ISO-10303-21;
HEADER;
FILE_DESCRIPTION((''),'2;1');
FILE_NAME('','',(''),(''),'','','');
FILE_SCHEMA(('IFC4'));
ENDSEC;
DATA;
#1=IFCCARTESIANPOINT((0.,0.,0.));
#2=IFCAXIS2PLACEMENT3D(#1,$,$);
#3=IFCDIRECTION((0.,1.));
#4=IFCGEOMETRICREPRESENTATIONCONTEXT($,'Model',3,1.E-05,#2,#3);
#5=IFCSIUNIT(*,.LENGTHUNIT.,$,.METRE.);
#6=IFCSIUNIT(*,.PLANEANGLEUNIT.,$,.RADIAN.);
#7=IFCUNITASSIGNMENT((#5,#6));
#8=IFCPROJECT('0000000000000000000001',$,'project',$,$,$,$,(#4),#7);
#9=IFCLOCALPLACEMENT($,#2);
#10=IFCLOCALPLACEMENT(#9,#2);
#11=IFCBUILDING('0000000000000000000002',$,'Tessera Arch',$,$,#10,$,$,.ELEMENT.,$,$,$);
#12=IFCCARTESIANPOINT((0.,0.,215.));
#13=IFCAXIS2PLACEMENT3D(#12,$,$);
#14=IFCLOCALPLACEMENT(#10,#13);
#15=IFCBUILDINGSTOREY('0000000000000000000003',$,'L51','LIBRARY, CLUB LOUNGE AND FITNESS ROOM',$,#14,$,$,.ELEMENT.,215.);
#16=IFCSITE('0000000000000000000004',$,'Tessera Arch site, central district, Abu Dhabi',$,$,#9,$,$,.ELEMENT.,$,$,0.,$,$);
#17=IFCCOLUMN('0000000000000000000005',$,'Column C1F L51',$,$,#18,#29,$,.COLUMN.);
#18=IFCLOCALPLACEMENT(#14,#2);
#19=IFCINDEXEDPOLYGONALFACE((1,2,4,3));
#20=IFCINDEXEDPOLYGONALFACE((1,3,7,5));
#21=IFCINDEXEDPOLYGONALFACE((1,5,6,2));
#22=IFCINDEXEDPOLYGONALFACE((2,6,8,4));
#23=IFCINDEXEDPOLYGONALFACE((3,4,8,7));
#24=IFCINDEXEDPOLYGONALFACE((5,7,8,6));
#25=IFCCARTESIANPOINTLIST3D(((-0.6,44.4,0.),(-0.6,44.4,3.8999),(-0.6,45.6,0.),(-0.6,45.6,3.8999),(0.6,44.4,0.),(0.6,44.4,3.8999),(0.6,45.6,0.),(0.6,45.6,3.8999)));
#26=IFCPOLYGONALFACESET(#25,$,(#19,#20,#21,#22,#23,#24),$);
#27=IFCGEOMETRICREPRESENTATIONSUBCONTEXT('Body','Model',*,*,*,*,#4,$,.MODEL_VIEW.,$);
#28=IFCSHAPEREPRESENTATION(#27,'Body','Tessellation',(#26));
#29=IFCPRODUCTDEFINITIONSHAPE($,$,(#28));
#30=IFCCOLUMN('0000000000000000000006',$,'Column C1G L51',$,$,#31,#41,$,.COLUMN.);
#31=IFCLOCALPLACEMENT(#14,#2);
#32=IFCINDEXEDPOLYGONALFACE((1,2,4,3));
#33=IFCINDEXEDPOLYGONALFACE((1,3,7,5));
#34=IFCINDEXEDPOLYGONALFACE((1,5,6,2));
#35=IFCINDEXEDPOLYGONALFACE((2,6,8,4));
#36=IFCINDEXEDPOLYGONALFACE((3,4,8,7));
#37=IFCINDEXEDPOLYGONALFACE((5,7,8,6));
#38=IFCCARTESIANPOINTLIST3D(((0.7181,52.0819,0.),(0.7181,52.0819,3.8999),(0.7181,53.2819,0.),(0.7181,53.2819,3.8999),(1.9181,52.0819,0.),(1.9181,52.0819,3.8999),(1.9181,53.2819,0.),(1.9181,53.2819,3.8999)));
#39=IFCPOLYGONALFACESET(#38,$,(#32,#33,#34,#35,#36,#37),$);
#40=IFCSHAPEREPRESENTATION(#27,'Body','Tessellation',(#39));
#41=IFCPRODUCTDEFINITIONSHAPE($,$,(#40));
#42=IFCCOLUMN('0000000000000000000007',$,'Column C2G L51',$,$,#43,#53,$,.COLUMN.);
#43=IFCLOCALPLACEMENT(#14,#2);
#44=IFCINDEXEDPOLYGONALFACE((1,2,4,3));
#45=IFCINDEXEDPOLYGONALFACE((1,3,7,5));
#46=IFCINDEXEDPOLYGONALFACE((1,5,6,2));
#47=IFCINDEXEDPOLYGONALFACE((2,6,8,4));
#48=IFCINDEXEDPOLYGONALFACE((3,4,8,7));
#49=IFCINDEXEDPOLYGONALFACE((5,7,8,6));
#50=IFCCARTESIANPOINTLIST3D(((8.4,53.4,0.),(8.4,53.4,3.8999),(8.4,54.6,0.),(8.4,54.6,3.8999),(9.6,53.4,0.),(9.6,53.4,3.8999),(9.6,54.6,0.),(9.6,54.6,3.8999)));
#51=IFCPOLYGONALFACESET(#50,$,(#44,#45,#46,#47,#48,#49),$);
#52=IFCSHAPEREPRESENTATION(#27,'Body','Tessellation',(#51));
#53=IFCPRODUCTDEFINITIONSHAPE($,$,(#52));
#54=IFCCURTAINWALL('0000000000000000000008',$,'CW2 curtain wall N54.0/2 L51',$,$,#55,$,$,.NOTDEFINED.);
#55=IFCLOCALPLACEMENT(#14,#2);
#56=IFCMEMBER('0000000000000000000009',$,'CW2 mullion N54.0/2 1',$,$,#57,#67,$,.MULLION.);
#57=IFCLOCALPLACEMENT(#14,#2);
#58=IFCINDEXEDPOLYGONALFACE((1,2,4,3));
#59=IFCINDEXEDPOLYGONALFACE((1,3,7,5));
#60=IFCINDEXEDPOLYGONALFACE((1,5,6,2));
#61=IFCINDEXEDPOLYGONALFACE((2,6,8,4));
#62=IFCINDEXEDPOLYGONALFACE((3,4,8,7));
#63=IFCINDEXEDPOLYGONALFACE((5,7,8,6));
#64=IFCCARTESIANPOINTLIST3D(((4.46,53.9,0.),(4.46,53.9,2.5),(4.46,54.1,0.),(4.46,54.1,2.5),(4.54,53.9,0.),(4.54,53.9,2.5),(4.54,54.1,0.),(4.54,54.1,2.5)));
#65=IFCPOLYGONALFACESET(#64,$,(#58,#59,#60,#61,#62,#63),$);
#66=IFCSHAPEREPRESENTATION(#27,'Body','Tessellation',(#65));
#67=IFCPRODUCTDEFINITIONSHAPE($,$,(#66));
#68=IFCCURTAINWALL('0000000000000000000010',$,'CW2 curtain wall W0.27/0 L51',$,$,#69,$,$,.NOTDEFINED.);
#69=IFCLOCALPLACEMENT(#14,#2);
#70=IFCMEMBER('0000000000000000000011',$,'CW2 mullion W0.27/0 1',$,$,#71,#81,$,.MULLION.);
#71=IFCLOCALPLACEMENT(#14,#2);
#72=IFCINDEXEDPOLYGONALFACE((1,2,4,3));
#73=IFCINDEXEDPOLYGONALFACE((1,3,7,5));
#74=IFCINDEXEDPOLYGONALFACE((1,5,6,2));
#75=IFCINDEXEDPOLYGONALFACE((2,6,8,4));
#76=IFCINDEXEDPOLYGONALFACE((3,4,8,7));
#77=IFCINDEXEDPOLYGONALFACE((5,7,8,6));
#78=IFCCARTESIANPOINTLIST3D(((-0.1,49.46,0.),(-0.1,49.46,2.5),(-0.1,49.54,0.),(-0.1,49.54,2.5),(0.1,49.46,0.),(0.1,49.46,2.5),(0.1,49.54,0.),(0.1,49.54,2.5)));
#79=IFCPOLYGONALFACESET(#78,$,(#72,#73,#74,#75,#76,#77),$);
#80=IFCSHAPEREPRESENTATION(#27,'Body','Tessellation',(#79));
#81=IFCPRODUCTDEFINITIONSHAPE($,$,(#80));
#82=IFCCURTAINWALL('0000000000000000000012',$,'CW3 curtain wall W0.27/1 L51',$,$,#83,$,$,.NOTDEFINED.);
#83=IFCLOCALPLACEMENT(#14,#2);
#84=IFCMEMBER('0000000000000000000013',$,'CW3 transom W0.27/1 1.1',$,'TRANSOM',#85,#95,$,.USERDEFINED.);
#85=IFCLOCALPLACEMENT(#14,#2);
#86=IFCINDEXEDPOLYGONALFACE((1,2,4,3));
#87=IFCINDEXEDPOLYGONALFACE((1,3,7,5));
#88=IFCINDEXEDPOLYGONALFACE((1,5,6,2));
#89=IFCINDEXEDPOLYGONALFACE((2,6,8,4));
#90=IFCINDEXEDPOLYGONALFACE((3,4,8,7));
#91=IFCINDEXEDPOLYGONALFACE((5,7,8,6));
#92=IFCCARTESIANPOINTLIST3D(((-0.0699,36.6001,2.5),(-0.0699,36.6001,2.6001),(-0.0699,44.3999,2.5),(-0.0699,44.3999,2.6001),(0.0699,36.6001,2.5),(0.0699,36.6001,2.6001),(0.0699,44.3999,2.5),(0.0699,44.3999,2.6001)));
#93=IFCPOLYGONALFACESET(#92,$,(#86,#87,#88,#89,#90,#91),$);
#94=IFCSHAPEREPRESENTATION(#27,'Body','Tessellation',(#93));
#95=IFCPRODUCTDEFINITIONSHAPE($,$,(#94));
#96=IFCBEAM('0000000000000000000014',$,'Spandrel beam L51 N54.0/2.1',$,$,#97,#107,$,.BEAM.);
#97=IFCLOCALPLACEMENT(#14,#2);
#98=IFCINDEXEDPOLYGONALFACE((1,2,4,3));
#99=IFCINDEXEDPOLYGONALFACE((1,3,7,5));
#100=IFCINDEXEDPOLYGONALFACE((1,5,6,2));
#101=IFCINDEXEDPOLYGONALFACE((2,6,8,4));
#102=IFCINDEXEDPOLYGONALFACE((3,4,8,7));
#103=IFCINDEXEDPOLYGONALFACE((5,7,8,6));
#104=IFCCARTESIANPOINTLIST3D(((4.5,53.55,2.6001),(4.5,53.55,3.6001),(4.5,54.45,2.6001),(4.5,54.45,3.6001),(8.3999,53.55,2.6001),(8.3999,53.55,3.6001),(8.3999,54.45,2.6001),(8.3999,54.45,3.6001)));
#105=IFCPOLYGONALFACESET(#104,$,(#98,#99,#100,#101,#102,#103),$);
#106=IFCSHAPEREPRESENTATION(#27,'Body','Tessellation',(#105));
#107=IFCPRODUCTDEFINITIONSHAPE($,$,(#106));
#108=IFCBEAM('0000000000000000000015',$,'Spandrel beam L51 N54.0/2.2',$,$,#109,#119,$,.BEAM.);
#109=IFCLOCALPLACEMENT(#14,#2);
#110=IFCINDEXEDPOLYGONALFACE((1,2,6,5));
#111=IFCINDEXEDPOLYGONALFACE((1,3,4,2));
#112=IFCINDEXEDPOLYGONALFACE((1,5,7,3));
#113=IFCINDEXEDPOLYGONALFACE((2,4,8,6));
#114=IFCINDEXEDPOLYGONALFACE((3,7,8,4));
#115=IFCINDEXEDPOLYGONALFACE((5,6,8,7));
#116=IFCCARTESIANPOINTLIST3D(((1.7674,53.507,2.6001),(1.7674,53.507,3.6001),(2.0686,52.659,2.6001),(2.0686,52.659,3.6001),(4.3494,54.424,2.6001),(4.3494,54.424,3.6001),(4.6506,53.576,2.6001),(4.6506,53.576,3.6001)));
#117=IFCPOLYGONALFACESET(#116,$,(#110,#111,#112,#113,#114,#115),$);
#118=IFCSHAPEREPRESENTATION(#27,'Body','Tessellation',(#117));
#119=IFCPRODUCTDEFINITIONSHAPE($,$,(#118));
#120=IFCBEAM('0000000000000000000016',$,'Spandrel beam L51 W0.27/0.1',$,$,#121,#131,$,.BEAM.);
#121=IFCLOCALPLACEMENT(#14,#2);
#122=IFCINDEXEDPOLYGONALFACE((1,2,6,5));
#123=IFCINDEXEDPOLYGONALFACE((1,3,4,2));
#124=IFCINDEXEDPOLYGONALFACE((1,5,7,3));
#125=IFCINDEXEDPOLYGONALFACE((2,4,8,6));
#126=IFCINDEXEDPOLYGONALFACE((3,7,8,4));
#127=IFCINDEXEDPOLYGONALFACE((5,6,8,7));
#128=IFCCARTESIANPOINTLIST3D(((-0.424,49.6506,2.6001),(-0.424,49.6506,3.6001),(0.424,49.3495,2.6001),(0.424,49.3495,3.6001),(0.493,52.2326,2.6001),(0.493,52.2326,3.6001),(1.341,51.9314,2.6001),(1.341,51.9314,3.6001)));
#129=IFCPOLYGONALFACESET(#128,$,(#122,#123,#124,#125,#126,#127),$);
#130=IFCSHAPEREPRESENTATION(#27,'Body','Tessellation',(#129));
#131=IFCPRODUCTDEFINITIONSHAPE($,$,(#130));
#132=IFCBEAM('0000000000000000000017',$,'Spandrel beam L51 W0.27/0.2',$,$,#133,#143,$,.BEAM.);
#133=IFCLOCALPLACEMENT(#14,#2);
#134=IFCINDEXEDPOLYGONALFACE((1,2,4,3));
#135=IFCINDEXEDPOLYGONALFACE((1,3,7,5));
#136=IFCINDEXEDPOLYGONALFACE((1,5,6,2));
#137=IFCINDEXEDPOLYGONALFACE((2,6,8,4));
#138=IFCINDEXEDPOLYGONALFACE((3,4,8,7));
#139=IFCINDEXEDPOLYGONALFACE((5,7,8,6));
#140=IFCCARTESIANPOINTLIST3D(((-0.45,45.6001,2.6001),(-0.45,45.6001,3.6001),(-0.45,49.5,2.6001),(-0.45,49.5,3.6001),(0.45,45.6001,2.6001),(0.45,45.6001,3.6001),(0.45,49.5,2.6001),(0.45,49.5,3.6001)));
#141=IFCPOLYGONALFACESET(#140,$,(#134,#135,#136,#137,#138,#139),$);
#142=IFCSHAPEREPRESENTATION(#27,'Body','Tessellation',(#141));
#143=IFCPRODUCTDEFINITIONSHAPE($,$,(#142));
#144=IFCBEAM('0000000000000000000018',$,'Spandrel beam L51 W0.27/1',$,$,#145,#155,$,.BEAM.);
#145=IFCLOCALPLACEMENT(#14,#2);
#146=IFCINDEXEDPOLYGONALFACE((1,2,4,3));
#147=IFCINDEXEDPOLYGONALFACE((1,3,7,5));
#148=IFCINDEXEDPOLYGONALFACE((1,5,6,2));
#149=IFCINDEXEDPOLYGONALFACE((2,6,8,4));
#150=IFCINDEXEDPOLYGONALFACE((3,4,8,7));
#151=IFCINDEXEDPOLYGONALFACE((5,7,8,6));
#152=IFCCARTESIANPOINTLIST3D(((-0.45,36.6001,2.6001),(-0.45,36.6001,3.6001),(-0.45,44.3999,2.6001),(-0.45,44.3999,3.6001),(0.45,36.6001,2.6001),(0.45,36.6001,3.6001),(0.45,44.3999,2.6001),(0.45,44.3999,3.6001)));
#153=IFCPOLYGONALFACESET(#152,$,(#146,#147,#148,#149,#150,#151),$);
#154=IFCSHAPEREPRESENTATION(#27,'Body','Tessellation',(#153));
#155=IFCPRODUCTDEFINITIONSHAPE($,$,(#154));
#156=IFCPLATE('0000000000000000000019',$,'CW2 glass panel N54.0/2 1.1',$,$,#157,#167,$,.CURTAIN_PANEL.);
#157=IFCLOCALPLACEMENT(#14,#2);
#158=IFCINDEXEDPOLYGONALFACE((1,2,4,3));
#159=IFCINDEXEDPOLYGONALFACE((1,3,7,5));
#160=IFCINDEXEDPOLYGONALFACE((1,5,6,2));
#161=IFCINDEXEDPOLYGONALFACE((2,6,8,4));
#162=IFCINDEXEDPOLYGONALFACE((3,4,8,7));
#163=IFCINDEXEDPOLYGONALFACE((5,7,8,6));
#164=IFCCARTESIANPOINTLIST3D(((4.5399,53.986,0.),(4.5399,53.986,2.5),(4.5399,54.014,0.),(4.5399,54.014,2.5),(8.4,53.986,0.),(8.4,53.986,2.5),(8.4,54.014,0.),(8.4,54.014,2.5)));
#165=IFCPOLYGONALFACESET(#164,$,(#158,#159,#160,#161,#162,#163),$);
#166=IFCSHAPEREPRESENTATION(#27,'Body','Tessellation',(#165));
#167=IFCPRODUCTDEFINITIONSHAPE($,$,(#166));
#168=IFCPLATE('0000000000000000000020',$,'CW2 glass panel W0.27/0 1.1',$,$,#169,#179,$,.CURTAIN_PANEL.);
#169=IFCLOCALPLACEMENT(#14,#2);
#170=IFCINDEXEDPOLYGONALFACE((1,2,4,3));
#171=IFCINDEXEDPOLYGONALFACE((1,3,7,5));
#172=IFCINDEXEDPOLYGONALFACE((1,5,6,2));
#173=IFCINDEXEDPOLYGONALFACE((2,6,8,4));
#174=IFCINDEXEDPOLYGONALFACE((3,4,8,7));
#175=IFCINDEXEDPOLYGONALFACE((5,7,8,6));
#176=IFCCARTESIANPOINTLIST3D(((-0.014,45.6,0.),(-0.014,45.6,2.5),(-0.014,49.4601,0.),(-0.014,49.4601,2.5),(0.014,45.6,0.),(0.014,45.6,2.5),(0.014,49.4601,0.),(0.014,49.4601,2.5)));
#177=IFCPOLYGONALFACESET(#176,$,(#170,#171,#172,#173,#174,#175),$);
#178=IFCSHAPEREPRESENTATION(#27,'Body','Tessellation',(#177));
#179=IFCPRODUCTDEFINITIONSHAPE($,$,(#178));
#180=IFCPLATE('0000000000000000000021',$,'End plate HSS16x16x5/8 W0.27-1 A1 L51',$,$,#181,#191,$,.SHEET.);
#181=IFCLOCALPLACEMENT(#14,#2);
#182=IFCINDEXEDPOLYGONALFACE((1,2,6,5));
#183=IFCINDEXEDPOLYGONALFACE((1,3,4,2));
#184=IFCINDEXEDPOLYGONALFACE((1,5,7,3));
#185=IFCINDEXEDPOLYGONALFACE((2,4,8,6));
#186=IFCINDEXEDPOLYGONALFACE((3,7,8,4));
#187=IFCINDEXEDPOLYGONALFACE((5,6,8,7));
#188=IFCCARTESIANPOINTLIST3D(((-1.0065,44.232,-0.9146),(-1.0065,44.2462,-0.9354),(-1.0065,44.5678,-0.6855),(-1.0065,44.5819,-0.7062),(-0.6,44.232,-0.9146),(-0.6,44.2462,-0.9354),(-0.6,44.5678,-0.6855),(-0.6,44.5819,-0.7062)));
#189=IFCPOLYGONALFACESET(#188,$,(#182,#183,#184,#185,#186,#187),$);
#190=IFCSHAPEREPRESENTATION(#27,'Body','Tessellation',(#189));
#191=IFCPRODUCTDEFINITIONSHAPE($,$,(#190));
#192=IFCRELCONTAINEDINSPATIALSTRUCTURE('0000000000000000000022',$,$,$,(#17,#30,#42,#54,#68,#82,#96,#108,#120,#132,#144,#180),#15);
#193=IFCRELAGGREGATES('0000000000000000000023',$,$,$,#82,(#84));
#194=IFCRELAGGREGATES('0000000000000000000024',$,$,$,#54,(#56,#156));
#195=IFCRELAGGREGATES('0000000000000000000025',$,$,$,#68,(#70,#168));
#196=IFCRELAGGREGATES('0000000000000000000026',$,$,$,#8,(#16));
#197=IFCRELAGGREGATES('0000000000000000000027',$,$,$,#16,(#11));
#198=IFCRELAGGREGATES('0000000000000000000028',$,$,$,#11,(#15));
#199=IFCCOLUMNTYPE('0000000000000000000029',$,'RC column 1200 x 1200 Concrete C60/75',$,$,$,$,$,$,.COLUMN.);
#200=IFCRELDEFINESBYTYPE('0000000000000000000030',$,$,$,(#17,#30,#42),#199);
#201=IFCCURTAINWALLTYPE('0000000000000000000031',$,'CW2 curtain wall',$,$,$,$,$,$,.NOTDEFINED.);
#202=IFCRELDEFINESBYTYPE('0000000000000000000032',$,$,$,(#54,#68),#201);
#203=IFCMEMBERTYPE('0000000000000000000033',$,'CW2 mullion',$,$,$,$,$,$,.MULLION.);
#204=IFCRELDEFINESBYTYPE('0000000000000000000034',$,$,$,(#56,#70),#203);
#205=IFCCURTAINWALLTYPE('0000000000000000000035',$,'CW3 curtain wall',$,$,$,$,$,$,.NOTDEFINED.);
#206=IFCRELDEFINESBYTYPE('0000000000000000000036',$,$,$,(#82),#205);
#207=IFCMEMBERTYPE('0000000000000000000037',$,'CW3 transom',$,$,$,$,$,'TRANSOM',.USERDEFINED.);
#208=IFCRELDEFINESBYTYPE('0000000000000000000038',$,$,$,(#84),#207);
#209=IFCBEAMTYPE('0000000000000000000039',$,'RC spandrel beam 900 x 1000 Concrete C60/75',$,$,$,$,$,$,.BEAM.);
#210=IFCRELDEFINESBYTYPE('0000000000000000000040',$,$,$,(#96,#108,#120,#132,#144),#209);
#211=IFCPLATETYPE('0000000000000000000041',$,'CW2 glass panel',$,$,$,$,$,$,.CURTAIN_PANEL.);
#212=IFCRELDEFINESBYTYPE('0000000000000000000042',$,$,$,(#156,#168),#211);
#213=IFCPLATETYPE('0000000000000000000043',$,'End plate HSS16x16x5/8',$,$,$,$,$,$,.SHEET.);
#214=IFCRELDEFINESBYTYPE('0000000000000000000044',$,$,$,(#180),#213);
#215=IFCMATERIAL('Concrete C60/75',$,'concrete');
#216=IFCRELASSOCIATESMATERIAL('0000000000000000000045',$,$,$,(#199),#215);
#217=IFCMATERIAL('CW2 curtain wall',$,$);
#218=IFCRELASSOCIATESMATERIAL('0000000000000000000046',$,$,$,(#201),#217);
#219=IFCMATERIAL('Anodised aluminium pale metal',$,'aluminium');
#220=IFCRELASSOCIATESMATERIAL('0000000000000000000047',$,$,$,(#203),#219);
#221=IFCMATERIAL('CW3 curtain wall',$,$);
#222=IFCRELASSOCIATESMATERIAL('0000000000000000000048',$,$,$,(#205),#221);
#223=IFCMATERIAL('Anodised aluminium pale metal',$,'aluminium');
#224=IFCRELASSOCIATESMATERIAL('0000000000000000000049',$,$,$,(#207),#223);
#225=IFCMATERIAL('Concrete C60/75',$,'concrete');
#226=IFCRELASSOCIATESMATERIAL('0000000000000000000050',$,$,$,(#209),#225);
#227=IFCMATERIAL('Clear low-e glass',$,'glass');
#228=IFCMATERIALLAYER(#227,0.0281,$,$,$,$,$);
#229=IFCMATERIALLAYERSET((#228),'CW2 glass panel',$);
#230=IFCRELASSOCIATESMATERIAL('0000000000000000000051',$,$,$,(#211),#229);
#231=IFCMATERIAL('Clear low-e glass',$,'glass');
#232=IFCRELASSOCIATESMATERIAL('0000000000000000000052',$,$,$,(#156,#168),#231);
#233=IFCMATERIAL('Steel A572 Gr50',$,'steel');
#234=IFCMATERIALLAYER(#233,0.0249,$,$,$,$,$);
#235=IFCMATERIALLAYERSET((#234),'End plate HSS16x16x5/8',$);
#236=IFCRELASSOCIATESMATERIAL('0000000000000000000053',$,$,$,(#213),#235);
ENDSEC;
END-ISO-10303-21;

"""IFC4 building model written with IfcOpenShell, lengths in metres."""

from ifc_helpers import new_model, si_unit, direction, frame, origin, origin_2d, place, context, subcontext, project, spatial, rectangle, extrude, material, layer, layer_set, material_profile, profile_set, type_object, element, aggregate, save


model = new_model("IFC4")

# Units and contexts
model_context = context("Model", 3, precision=1e-05, world=origin(), true_north=direction((0.0, 1.0)))
body_context = subcontext(model_context, "Body", "Model", "MODEL_VIEW")
ifc_project = project(units=[si_unit("LENGTHUNIT", "METRE"), si_unit("PLANEANGLEUNIT", "RADIAN")], contexts=[model_context])

# Site, building, storey
site_placement = place(None, origin())
site = spatial("IfcSite", under=ifc_project, at=site_placement, Name="Tessera Arch site, central district, Abu Dhabi", CompositionType="ELEMENT", RefElevation=0.0)
building_placement = place(site_placement, origin())
building = spatial("IfcBuilding", under=site, at=building_placement, Name="Tessera Arch", CompositionType="ELEMENT")
storey_placement = place(building_placement, frame((0.0, 0.0, 215.0)))
storey = spatial("IfcBuildingStorey", under=building, at=storey_placement, Name="L51", Description="LIBRARY, CLUB LOUNGE AND FITNESS ROOM", CompositionType="ELEMENT", Elevation=215.0)

# Columns
ifc_material_1 = material(Name="Concrete C60/75", Category="concrete")
ifc_material_profile_1 = material_profile(ifc_material_1, rectangle(XDim=1.2, YDim=1.2, at=origin_2d()), Name="RC column 1200 x 1200 Concrete C60/75")
ifc_profile_set_1 = profile_set([ifc_material_profile_1], Name="Concrete C60/75")
column_type = type_object("IfcColumnType", Name="RC column 1200 x 1200 Concrete C60/75", PredefinedType="COLUMN", material=ifc_profile_set_1)
for number, where, z_axis, x_axis, name in (
    (1, (0.0, 45.0, 0.0), (0.0, 0.0, 1.0), (1.0, 0.0, 0.0), "Column C1F L51"),
    (2, (1.3181, 52.6819, 0.0), (0.0, 0.0, 1.0), (1.0, 0.0, 0.0), "Column C1G L51"),
    (3, (9.0, 54.0, 0.0), (0.0, 0.0, 1.0), (1.0, 0.0, 0.0), "Column C2G L51"),
):
    element("IfcColumn", number, at=place(storey_placement, frame(where, z_axis=z_axis, x_axis=x_axis)), inside=storey, type_object=column_type, Name=name, PredefinedType="COLUMN", context=body_context, shape_type="SweptSolid", body=[
        extrude(rectangle(XDim=1.2, YDim=1.2, at=origin_2d()), origin(), (0.0, 0.0, 1.0), 3.8999),
    ])

# Curtain walls, members
ifc_material_2 = material(Name="CW2 curtain wall")
curtain_wall_type_1 = type_object("IfcCurtainWallType", Name="CW2 curtain wall", PredefinedType="NOTDEFINED", material=ifc_material_2)
curtain_wall_1_placement = place(storey_placement, origin())
curtain_wall_1 = element("IfcCurtainWall", 4, at=curtain_wall_1_placement, inside=storey, type_object=curtain_wall_type_1, Name="CW2 curtain wall N54.0/2 L51", PredefinedType="NOTDEFINED")
ifc_material_3 = material(Name="Anodised aluminium pale metal", Category="aluminium")
ifc_material_profile_2 = material_profile(ifc_material_3, rectangle(XDim=0.2, YDim=0.0801, at=origin_2d()), Name="AL 80x200")
ifc_profile_set_2 = profile_set([ifc_material_profile_2], Name="Anodised aluminium pale metal")
member_type_1 = type_object("IfcMemberType", Name="CW2 mullion", PredefinedType="MULLION", material=ifc_profile_set_2)
member_1_placement = place(storey_placement, frame((4.5, 54.0, 0.0), z_axis=(0.0, 0.0, 1.0), x_axis=(0.0, -1.0, 0.0)))
member_1 = element("IfcMember", 5, at=member_1_placement, type_object=member_type_1, Name="CW2 mullion N54.0/2 1", PredefinedType="MULLION", context=body_context, shape_type="SweptSolid", body=[
    extrude(rectangle(XDim=0.2, YDim=0.0801, at=origin_2d()), origin(), (0.0, 0.0, 1.0), 2.5),
])
curtain_wall_2_placement = place(storey_placement, origin())
curtain_wall_2 = element("IfcCurtainWall", 6, at=curtain_wall_2_placement, inside=storey, type_object=curtain_wall_type_1, Name="CW2 curtain wall W0.27/0 L51", PredefinedType="NOTDEFINED")
member_2_placement = place(storey_placement, frame((0.0, 49.5, 0.0), z_axis=(0.0, 0.0, 1.0), x_axis=(1.0, 0.0, 0.0)))
member_2 = element("IfcMember", 7, at=member_2_placement, type_object=member_type_1, Name="CW2 mullion W0.27/0 1", PredefinedType="MULLION", context=body_context, shape_type="SweptSolid", body=[
    extrude(rectangle(XDim=0.2, YDim=0.0801, at=origin_2d()), origin(), (0.0, 0.0, 1.0), 2.5),
])
ifc_material_4 = material(Name="CW3 curtain wall")
curtain_wall_type_2 = type_object("IfcCurtainWallType", Name="CW3 curtain wall", PredefinedType="NOTDEFINED", material=ifc_material_4)
curtain_wall_3_placement = place(storey_placement, origin())
curtain_wall_3 = element("IfcCurtainWall", 8, at=curtain_wall_3_placement, inside=storey, type_object=curtain_wall_type_2, Name="CW3 curtain wall W0.27/1 L51", PredefinedType="NOTDEFINED")
ifc_material_5 = material(Name="Anodised aluminium pale metal", Category="aluminium")
ifc_material_profile_3 = material_profile(ifc_material_5, rectangle(XDim=0.1399, YDim=0.1001, at=origin_2d()), Name="AL 140x100")
ifc_profile_set_3 = profile_set([ifc_material_profile_3], Name="Anodised aluminium pale metal")
member_type_2 = type_object("IfcMemberType", Name="CW3 transom", ElementType="TRANSOM", PredefinedType="USERDEFINED", material=ifc_profile_set_3)
member_3_placement = place(storey_placement, frame((0.0, 44.3999, 2.55), z_axis=(0.0, -1.0, 0.0), x_axis=(1.0, 0.0, 0.0)))
member_3 = element("IfcMember", 9, at=member_3_placement, type_object=member_type_2, Name="CW3 transom W0.27/1 1.1", ObjectType="TRANSOM", PredefinedType="USERDEFINED", context=body_context, shape_type="SweptSolid", body=[
    extrude(rectangle(XDim=0.1399, YDim=0.1001, at=origin_2d()), origin(), (0.0, 0.0, 1.0), 7.7998),
])
aggregate(curtain_wall_3, [member_3])

# Beams
ifc_material_6 = material(Name="Concrete C60/75", Category="concrete")
ifc_material_profile_4 = material_profile(ifc_material_6, rectangle(XDim=0.8999, YDim=1.0, at=origin_2d()), Name="RC spandrel beam 900 x 1000 Concrete C60/75")
ifc_profile_set_4 = profile_set([ifc_material_profile_4], Name="Concrete C60/75")
beam_type = type_object("IfcBeamType", Name="RC spandrel beam 900 x 1000 Concrete C60/75", PredefinedType="BEAM", material=ifc_profile_set_4)
beam_1_placement = place(storey_placement, frame((8.3999, 54.0, 3.1001), z_axis=(-1.0, 0.0, 0.0), x_axis=(0.0, -1.0, 0.0)))
element("IfcBeam", 10, at=beam_1_placement, inside=storey, type_object=beam_type, Name="Spandrel beam L51 N54.0/2.1", PredefinedType="BEAM", context=body_context, shape_type="SweptSolid", body=[
    extrude(rectangle(XDim=0.8999, YDim=1.0, at=origin_2d()), origin(), (0.0, 0.0, 1.0), 3.8999),
])
for number, where, z_axis, x_axis, name in (
    (11, (4.5, 54.0, 3.1001), (-0.942337, -0.334665, 0.0), (0.334665, -0.942337, 0.0), "Spandrel beam L51 N54.0/2.2"),
    (12, (0.917, 52.082, 3.1001), (-0.334665, -0.942337, 0.0), (0.942337, -0.334665, 0.0), "Spandrel beam L51 W0.27/0.1"),
):
    element("IfcBeam", number, at=place(storey_placement, frame(where, z_axis=z_axis, x_axis=x_axis)), inside=storey, type_object=beam_type, Name=name, PredefinedType="BEAM", context=body_context, shape_type="SweptSolid", body=[
        extrude(rectangle(XDim=0.8999, YDim=1.0, at=origin_2d()), origin(), (0.0, 0.0, 1.0), 2.74),
    ])
beam_2_placement = place(storey_placement, frame((0.0, 49.5, 3.1001), z_axis=(0.0, -1.0, 0.0), x_axis=(1.0, 0.0, 0.0)))
element("IfcBeam", 13, at=beam_2_placement, inside=storey, type_object=beam_type, Name="Spandrel beam L51 W0.27/0.2", PredefinedType="BEAM", context=body_context, shape_type="SweptSolid", body=[
    extrude(rectangle(XDim=0.8999, YDim=1.0, at=origin_2d()), origin(), (0.0, 0.0, 1.0), 3.8999),
])
beam_3_placement = place(storey_placement, frame((0.0, 44.3999, 3.1001), z_axis=(0.0, -1.0, 0.0), x_axis=(1.0, 0.0, 0.0)))
element("IfcBeam", 14, at=beam_3_placement, inside=storey, type_object=beam_type, Name="Spandrel beam L51 W0.27/1", PredefinedType="BEAM", context=body_context, shape_type="SweptSolid", body=[
    extrude(rectangle(XDim=0.8999, YDim=1.0, at=origin_2d()), origin(), (0.0, 0.0, 1.0), 7.7998),
])

# Plates
ifc_material_7 = material(Name="Clear low-e glass", Category="glass")
ifc_material_8 = material(Name="Clear low-e glass", Category="glass")
ifc_layer_1 = layer(ifc_material_8, 0.0281)
ifc_layer_set_1 = layer_set([ifc_layer_1], Name="CW2 glass panel")
plate_type_1 = type_object("IfcPlateType", Name="CW2 glass panel", PredefinedType="CURTAIN_PANEL", material=ifc_layer_set_1)
plate_1_placement = place(storey_placement, frame((6.47, 54.0, 0.0), z_axis=(0.0, 0.0, 1.0), x_axis=(-1.0, 0.0, 0.0)))
plate_1 = element("IfcPlate", 15, at=plate_1_placement, type_object=plate_type_1, material=ifc_material_7, Name="CW2 glass panel N54.0/2 1.1", PredefinedType="CURTAIN_PANEL", context=body_context, shape_type="SweptSolid", body=[
    extrude(rectangle(XDim=3.8601, YDim=0.0281, at=origin_2d()), origin(), (0.0, 0.0, 1.0), 2.5),
])
aggregate(curtain_wall_1, [member_1, plate_1])
plate_2_placement = place(storey_placement, frame((0.0, 47.53, 0.0), z_axis=(0.0, 0.0, 1.0), x_axis=(0.0, -1.0, 0.0)))
plate_2 = element("IfcPlate", 16, at=plate_2_placement, type_object=plate_type_1, material=ifc_material_7, Name="CW2 glass panel W0.27/0 1.1", PredefinedType="CURTAIN_PANEL", context=body_context, shape_type="SweptSolid", body=[
    extrude(rectangle(XDim=3.8601, YDim=0.0281, at=origin_2d()), origin(), (0.0, 0.0, 1.0), 2.5),
])
aggregate(curtain_wall_2, [member_2, plate_2])
ifc_material_9 = material(Name="Steel A572 Gr50", Category="steel")
ifc_layer_2 = layer(ifc_material_9, 0.0249)
ifc_layer_set_2 = layer_set([ifc_layer_2], Name="End plate HSS16x16x5/8")
plate_type_2 = type_object("IfcPlateType", Name="End plate HSS16x16x5/8", PredefinedType="SHEET", material=ifc_layer_set_2)
plate_3_placement = place(storey_placement, frame((-0.8032, 44.4141, -0.8208), z_axis=(0.0, -0.563638, 0.826022), x_axis=(1.0, 0.0, 0.0)))
element("IfcPlate", 17, at=plate_3_placement, inside=storey, type_object=plate_type_2, Name="End plate HSS16x16x5/8 W0.27-1 A1 L51", PredefinedType="SHEET", context=body_context, shape_type="SweptSolid", body=[
    extrude(rectangle(XDim=0.4065, YDim=0.4065, at=origin_2d()), origin(), (0.0, 0.0, 1.0), 0.0251),
])

save(model, "model.ifc")
